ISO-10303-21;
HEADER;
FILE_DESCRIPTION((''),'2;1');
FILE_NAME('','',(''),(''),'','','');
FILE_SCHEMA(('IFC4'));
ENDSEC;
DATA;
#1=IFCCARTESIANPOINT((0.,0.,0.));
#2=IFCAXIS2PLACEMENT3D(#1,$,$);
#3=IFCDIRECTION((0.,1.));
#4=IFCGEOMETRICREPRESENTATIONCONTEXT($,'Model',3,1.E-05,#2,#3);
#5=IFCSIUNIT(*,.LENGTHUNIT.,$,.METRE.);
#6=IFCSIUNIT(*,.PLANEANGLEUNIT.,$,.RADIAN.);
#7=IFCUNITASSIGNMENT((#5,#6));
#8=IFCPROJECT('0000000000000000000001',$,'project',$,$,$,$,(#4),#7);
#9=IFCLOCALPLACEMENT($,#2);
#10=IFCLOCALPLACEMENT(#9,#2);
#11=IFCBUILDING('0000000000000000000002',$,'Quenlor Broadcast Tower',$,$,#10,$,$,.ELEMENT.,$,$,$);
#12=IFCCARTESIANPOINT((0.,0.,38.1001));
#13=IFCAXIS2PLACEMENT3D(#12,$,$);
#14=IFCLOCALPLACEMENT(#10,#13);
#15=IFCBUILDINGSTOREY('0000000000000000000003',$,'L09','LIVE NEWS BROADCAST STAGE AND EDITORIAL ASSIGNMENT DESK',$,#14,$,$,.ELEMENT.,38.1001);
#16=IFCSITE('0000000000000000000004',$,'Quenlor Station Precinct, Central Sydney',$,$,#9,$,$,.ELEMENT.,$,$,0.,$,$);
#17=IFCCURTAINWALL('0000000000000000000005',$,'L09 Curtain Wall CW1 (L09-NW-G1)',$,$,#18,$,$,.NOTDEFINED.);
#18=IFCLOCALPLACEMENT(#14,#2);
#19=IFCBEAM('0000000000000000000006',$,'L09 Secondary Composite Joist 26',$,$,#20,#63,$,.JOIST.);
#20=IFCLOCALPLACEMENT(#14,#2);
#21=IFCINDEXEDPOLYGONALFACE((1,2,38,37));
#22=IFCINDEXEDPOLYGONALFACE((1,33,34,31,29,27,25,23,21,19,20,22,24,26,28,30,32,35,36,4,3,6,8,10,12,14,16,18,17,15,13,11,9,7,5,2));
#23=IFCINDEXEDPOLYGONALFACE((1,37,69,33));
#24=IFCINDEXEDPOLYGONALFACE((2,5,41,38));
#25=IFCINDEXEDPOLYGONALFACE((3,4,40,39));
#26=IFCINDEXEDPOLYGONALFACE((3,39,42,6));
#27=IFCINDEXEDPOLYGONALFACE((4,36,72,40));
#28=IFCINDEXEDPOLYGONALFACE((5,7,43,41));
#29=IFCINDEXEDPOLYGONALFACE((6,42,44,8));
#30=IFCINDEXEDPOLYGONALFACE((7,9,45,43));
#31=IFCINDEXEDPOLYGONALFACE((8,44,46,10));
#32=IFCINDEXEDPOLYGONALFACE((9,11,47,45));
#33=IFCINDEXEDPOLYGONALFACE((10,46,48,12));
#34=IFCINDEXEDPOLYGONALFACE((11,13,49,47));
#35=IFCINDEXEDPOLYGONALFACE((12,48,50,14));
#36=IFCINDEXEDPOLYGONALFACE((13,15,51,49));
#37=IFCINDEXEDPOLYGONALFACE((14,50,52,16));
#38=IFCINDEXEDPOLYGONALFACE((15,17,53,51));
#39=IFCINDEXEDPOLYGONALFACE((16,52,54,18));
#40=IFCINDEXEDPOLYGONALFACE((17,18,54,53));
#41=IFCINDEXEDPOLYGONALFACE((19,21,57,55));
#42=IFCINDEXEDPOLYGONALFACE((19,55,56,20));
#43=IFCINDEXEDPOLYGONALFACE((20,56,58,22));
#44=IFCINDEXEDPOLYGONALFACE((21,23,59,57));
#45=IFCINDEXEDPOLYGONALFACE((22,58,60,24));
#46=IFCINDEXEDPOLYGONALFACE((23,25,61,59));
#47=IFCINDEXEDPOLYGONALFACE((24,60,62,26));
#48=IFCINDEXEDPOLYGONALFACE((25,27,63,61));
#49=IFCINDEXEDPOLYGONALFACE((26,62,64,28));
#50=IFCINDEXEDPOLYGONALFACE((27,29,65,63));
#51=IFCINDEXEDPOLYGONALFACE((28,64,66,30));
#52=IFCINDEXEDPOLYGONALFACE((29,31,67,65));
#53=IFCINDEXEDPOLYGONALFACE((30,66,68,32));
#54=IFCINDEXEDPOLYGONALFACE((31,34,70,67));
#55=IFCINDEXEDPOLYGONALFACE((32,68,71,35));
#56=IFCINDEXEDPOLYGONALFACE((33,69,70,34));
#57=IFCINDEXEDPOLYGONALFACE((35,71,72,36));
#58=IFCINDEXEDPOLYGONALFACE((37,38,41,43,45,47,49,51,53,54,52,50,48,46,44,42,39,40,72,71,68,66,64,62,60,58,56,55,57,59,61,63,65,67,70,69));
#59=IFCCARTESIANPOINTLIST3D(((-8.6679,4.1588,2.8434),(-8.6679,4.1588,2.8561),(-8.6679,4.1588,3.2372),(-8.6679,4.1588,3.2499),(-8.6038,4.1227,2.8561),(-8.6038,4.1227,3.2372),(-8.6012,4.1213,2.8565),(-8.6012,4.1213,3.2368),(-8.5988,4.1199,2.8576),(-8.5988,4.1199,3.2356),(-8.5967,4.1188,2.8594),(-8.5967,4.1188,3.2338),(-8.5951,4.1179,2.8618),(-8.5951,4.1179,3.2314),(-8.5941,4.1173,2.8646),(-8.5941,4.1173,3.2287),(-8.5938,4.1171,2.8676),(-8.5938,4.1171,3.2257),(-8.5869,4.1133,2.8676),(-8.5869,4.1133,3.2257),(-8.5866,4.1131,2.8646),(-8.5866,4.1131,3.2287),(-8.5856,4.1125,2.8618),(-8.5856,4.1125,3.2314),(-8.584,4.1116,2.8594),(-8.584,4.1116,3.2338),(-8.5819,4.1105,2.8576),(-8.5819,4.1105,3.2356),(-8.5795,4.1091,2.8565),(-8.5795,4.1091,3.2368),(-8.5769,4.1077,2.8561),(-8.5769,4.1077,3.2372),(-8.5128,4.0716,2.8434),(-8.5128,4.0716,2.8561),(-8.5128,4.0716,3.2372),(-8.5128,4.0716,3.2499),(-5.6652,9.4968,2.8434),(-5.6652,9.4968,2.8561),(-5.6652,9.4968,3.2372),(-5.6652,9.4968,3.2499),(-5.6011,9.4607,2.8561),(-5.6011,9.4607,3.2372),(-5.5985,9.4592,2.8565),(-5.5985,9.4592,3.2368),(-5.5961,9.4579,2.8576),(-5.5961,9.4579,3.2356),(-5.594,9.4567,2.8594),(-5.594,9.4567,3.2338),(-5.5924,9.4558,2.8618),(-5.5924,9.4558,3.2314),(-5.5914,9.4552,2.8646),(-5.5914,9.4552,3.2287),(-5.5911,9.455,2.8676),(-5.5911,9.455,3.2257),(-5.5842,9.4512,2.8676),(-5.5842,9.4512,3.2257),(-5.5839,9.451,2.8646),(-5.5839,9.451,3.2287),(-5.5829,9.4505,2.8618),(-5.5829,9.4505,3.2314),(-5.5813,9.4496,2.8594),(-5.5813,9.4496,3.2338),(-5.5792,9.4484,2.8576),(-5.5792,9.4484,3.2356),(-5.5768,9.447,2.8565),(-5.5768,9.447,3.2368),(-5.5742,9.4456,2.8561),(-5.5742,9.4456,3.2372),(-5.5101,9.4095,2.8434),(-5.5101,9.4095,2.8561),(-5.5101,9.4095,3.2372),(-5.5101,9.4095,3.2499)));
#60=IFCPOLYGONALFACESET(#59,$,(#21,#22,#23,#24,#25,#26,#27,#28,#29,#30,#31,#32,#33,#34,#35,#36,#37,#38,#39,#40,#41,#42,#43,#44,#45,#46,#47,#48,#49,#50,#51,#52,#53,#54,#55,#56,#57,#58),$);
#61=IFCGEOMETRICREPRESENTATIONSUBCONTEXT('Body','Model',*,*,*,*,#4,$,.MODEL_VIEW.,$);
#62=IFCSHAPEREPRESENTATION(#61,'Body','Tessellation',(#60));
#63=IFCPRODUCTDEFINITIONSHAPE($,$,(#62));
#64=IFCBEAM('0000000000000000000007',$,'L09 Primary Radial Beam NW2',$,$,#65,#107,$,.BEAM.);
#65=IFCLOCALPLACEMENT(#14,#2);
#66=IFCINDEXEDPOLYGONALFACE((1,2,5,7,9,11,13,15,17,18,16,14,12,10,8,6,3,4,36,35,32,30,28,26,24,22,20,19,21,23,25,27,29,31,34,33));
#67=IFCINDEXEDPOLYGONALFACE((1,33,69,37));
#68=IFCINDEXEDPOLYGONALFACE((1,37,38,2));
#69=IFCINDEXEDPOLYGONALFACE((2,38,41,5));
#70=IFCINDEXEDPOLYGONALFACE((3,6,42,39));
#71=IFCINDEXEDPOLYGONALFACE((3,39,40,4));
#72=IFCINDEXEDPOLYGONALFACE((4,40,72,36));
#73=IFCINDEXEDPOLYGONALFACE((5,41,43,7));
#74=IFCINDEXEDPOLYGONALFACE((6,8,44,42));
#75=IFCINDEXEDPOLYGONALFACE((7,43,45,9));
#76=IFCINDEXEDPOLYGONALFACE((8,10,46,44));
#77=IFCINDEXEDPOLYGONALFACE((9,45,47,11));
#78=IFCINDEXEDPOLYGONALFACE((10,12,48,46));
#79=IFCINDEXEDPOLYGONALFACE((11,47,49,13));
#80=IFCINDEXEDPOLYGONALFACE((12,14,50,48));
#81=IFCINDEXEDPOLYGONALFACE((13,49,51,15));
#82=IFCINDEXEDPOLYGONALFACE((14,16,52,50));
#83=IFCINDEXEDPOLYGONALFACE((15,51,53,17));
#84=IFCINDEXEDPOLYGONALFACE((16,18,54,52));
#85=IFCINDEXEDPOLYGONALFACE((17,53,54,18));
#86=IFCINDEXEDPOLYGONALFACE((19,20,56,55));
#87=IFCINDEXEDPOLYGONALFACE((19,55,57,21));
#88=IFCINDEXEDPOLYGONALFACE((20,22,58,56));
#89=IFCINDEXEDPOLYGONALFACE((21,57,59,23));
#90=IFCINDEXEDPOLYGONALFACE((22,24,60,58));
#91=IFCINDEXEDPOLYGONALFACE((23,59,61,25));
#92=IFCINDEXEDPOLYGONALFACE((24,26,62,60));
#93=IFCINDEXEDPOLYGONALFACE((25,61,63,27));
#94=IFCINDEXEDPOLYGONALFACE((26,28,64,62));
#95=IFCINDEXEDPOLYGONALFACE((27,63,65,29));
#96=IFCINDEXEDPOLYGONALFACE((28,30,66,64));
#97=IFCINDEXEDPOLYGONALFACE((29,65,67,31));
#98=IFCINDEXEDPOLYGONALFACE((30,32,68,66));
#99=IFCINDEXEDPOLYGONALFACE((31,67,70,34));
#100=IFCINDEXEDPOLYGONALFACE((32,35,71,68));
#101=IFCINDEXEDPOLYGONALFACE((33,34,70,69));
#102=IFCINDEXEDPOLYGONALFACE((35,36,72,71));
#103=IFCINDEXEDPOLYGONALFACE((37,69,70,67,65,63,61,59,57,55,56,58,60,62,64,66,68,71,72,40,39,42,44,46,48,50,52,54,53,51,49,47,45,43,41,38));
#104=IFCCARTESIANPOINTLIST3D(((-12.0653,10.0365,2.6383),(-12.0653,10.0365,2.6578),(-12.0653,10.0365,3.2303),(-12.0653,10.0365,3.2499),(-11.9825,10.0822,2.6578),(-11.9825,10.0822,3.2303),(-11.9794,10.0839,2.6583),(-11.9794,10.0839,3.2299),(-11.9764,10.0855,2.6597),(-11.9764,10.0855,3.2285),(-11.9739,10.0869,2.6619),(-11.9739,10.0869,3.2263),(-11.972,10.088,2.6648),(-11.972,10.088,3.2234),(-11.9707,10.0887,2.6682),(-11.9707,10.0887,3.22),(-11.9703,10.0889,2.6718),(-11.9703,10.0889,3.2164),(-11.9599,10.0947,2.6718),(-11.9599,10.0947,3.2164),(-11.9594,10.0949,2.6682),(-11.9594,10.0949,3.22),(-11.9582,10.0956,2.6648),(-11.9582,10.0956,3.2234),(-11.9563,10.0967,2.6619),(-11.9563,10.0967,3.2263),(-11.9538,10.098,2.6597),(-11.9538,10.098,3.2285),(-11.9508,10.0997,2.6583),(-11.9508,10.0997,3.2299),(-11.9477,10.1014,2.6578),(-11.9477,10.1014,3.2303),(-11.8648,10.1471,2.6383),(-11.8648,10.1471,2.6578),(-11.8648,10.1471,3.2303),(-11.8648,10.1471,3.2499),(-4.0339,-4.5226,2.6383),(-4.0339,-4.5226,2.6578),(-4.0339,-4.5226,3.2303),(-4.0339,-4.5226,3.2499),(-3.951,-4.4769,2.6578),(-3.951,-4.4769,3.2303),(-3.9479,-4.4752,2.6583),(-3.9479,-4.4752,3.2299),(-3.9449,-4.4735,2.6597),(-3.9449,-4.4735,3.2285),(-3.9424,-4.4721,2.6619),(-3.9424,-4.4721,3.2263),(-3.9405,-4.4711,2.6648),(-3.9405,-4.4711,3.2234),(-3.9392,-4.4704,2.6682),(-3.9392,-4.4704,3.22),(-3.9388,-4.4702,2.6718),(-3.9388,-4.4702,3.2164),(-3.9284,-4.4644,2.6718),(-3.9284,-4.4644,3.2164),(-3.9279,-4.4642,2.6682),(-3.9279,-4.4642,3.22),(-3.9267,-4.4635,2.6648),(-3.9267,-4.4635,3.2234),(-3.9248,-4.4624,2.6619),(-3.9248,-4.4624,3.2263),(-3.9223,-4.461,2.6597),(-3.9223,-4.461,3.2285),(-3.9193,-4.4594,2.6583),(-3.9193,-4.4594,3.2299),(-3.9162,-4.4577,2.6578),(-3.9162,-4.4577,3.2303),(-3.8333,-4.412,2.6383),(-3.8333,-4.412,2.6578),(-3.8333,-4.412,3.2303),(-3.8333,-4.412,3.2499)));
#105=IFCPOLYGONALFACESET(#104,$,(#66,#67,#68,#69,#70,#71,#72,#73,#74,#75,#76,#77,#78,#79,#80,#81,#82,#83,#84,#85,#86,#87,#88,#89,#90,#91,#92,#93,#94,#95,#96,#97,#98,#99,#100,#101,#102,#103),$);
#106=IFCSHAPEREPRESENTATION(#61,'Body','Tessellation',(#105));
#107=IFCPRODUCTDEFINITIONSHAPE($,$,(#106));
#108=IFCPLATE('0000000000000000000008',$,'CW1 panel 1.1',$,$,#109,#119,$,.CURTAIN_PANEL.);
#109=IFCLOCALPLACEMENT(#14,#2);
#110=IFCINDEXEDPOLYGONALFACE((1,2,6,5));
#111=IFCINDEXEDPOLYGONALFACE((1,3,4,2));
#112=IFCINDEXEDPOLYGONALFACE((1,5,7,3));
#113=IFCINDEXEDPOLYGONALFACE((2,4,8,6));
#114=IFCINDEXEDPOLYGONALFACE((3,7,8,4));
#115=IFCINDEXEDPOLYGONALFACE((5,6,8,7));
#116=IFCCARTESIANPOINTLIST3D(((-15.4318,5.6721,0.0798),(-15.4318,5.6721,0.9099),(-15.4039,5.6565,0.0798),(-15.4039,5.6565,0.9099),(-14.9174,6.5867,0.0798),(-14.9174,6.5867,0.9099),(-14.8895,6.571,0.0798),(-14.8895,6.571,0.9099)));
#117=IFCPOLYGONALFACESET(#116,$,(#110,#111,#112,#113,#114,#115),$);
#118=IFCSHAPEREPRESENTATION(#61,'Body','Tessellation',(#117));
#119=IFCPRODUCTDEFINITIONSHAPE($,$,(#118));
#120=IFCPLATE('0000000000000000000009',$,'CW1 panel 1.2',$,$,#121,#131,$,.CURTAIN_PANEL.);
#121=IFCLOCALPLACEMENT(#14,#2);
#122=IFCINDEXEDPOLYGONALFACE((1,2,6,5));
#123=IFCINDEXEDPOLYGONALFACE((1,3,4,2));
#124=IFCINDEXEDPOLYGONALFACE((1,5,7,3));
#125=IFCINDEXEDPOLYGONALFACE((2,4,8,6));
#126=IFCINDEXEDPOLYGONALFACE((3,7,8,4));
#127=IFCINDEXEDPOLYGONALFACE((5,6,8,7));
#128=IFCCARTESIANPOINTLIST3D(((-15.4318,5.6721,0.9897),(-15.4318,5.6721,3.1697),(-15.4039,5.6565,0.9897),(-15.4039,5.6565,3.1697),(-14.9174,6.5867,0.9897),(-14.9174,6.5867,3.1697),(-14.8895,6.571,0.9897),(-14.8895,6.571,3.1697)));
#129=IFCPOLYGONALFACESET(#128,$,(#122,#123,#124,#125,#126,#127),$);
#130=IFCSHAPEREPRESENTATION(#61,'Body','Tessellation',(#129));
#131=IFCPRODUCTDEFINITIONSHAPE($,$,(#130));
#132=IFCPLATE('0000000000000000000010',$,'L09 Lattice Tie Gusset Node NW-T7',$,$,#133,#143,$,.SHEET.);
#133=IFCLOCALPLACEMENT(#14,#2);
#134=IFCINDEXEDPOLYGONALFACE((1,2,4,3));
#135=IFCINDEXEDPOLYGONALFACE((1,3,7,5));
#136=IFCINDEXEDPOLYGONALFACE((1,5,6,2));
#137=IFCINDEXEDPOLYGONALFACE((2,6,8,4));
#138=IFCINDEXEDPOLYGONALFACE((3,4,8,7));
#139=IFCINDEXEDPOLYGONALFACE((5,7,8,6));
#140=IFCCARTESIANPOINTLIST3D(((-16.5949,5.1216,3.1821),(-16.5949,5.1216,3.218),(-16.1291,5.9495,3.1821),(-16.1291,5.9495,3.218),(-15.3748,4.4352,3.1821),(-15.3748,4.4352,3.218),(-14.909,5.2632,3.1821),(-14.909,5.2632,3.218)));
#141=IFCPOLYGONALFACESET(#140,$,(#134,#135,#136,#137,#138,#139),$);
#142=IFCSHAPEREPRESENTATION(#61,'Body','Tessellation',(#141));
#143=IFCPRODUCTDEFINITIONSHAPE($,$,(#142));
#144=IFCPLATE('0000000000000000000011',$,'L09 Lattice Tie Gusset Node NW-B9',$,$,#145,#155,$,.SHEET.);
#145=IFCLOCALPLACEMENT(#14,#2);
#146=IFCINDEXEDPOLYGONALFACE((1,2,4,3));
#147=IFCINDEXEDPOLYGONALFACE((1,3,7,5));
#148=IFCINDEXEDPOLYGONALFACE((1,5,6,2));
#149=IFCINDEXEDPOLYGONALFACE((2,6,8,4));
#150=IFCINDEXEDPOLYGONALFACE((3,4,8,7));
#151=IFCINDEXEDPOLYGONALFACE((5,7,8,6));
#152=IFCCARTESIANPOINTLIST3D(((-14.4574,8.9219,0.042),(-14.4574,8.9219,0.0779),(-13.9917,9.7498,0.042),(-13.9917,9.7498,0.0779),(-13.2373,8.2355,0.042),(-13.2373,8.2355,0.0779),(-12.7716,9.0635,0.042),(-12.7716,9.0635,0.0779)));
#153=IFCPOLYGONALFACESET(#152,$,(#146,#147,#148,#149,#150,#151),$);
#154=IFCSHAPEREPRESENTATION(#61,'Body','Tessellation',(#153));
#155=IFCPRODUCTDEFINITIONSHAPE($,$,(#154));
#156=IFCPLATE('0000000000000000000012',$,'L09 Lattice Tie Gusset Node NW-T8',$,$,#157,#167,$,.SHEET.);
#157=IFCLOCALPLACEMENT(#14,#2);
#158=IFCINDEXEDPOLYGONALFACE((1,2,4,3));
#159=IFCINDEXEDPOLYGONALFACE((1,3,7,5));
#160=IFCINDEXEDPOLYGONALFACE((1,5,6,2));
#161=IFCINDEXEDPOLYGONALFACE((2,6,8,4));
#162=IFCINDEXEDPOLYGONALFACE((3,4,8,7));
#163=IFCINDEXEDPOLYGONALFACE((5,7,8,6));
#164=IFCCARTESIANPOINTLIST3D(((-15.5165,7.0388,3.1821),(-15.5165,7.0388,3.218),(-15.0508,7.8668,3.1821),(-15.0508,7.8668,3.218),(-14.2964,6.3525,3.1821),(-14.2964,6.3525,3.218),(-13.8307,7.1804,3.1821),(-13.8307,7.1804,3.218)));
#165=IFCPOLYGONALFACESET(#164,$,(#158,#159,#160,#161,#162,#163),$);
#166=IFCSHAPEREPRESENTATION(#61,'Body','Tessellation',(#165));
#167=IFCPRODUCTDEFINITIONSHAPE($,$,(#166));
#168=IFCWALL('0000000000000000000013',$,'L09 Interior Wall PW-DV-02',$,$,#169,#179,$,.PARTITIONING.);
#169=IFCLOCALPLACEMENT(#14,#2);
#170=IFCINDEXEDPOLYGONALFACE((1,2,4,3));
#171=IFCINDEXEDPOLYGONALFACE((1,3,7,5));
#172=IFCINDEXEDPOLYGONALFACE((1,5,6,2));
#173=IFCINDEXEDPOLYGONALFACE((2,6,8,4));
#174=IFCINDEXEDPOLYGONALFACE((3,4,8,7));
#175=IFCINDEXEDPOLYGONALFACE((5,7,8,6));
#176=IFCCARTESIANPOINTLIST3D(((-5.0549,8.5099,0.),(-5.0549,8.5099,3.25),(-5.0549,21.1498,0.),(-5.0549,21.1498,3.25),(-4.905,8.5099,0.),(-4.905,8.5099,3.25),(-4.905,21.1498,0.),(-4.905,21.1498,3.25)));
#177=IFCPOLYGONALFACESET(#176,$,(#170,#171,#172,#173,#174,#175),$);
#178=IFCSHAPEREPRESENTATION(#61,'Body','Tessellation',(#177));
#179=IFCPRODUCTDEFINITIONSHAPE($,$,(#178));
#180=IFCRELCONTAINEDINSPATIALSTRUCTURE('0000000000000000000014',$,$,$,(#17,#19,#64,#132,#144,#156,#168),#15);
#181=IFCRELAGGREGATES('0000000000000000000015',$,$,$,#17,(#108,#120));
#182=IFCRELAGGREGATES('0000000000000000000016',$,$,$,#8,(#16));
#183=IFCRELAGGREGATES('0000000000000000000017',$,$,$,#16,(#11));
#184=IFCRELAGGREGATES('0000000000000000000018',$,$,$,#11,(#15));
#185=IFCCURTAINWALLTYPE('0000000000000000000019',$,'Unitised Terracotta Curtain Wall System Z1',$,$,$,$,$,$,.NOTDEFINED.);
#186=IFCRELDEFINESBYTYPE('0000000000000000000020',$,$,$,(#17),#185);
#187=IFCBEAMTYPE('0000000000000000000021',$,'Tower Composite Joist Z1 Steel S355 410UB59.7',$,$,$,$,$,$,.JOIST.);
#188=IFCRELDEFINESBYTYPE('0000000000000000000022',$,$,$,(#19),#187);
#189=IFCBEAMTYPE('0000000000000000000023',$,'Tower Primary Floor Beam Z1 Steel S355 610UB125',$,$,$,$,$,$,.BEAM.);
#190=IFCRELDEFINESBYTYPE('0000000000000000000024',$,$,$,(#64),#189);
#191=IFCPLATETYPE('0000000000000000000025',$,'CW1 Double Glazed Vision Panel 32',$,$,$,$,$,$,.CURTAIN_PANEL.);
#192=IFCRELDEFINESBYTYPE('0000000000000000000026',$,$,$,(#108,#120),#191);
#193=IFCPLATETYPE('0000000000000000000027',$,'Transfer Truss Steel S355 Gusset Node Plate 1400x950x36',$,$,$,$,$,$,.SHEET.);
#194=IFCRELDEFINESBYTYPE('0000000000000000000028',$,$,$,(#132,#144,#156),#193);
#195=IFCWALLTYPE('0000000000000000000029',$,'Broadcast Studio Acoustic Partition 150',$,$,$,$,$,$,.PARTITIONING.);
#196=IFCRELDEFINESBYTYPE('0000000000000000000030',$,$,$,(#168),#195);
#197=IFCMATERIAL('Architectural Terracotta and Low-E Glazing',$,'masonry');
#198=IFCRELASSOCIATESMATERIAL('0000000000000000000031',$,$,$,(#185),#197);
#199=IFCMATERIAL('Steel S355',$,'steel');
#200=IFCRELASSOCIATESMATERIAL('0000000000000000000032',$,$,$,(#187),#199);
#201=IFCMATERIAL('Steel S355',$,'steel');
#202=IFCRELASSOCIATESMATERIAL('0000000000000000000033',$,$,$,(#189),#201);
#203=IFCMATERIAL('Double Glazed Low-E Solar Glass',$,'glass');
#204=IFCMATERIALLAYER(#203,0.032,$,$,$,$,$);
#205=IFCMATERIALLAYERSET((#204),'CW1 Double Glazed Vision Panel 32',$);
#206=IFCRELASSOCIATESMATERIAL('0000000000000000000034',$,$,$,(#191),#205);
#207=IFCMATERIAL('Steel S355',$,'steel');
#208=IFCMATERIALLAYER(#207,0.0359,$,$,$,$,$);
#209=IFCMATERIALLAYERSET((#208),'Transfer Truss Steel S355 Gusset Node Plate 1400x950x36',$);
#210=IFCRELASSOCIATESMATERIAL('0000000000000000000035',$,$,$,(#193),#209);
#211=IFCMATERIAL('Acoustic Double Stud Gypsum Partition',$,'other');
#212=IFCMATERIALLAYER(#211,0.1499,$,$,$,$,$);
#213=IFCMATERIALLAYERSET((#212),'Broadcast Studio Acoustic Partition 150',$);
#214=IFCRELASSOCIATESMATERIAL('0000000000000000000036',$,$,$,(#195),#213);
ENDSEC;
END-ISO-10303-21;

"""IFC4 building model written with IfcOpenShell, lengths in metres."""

from ifc_helpers import new_model, si_unit, direction, frame, frame_2d, origin, origin_2d, place, context, subcontext, project, spatial, rectangle, i_section, extrude, material, layer, layer_set, material_profile, profile_set, type_object, element, aggregate, save


model = new_model("IFC4")

# Units and contexts
model_context = context("Model", 3, precision=1e-05, world=origin(), true_north=direction((0.0, 1.0)))
body_context = subcontext(model_context, "Body", "Model", "MODEL_VIEW")
ifc_project = project(units=[si_unit("LENGTHUNIT", "METRE"), si_unit("PLANEANGLEUNIT", "RADIAN")], contexts=[model_context])

# Site, building, storey
site_placement = place(None, origin())
site = spatial("IfcSite", under=ifc_project, at=site_placement, Name="Quenlor Station Precinct, Central Sydney", CompositionType="ELEMENT", RefElevation=0.0)
building_placement = place(site_placement, origin())
building = spatial("IfcBuilding", under=site, at=building_placement, Name="Quenlor Broadcast Tower", CompositionType="ELEMENT")
storey_placement = place(building_placement, frame((0.0, 0.0, 38.1001)))
storey = spatial("IfcBuildingStorey", under=building, at=storey_placement, Name="L09", Description="LIVE NEWS BROADCAST STAGE AND EDITORIAL ASSIGNMENT DESK", CompositionType="ELEMENT", Elevation=38.1001)

# Curtain wall
ifc_material_1 = material(Name="Architectural Terracotta and Low-E Glazing", Category="masonry")
curtain_wall_type = type_object("IfcCurtainWallType", Name="Unitised Terracotta Curtain Wall System Z1", PredefinedType="NOTDEFINED", material=ifc_material_1)
curtain_wall_placement = place(storey_placement, origin())
curtain_wall = element("IfcCurtainWall", 1, at=curtain_wall_placement, inside=storey, type_object=curtain_wall_type, Name="L09 Curtain Wall CW1 (L09-NW-G1)", PredefinedType="NOTDEFINED")

# Beams
ifc_material_2 = material(Name="Steel S355", Category="steel")
ifc_material_profile_1 = material_profile(ifc_material_2, i_section(OverallWidth=0.178, OverallDepth=0.4065, WebThickness=0.0078, FlangeThickness=0.0127, FilletRadius=0.0115, at=origin_2d()))
ifc_profile_set_1 = profile_set([ifc_material_profile_1], Name="Steel S355 410UB59.7")
beam_type_1 = type_object("IfcBeamType", Name="Tower Composite Joist Z1 Steel S355 410UB59.7", PredefinedType="JOIST", material=ifc_profile_set_1)
beam_1_placement = place(storey_placement, frame((-5.5876, 9.4531, 3.0466), z_axis=(-0.490276, -0.871567, 0.0), x_axis=(0.871567, -0.490276, 0.0)))
element("IfcBeam", 2, at=beam_1_placement, inside=storey, type_object=beam_type_1, Name="L09 Secondary Composite Joist 26", PredefinedType="JOIST", context=body_context, shape_type="SweptSolid", body=[
    extrude(i_section(OverallWidth=0.178, OverallDepth=0.4065, WebThickness=0.0078, FlangeThickness=0.0127, FilletRadius=0.0115, at=origin_2d()), origin(), (0.0, 0.0, 1.0), 6.1245),
])
ifc_material_3 = material(Name="Steel S355", Category="steel")
ifc_material_profile_2 = material_profile(ifc_material_3, i_section(OverallWidth=0.229, OverallDepth=0.6116, WebThickness=0.012, FlangeThickness=0.0195, FilletRadius=0.0139, at=origin_2d()))
ifc_profile_set_2 = profile_set([ifc_material_profile_2], Name="Steel S355 610UB125")
beam_type_2 = type_object("IfcBeamType", Name="Tower Primary Floor Beam Z1 Steel S355 610UB125", PredefinedType="BEAM", material=ifc_profile_set_2)
beam_2_placement = place(storey_placement, frame((-11.9651, 10.0918, 2.9441), z_axis=(0.483026, -0.875606, 0.0), x_axis=(0.875606, 0.483026, 0.0)))
element("IfcBeam", 3, at=beam_2_placement, inside=storey, type_object=beam_type_2, Name="L09 Primary Radial Beam NW2", PredefinedType="BEAM", context=body_context, shape_type="SweptSolid", body=[
    extrude(i_section(OverallWidth=0.229, OverallDepth=0.6116, WebThickness=0.012, FlangeThickness=0.0195, FilletRadius=0.0139, at=origin_2d()), origin(), (0.0, 0.0, 1.0), 16.6274),
])

# Plates
ifc_material_4 = material(Name="Double Glazed Low-E Solar Glass", Category="glass")
ifc_layer_1 = layer(ifc_material_4, 0.032)
ifc_layer_set_1 = layer_set([ifc_layer_1], Name="CW1 Double Glazed Vision Panel 32")
plate_type_1 = type_object("IfcPlateType", Name="CW1 Double Glazed Vision Panel 32", PredefinedType="CURTAIN_PANEL", material=ifc_layer_set_1)
plate_1_placement = place(storey_placement, frame((-15.1606, 6.1216, 0.0798), z_axis=(0.0, 0.0, 1.0), x_axis=(0.490277, 0.871567, 0.0)))
plate_1 = element("IfcPlate", 4, at=plate_1_placement, type_object=plate_type_1, Name="CW1 panel 1.1", PredefinedType="CURTAIN_PANEL", context=body_context, shape_type="SweptSolid", body=[
    extrude(rectangle(XDim=1.0493, YDim=0.032, at=origin_2d()), origin(), (0.0, 0.0, 1.0), 0.8301),
])
plate_2_placement = place(storey_placement, frame((-15.1606, 6.1216, 0.9897), z_axis=(0.0, 0.0, 1.0), x_axis=(0.490277, 0.871567, 0.0)))
plate_2 = element("IfcPlate", 5, at=plate_2_placement, type_object=plate_type_1, Name="CW1 panel 1.2", PredefinedType="CURTAIN_PANEL", context=body_context, shape_type="SweptSolid", body=[
    extrude(rectangle(XDim=1.0493, YDim=0.032, at=origin_2d()), origin(), (0.0, 0.0, 1.0), 2.1799),
])
aggregate(curtain_wall, [plate_1, plate_2])

# Plates
ifc_material_5 = material(Name="Steel S355", Category="steel")
ifc_layer_2 = layer(ifc_material_5, 0.0359)
ifc_layer_set_2 = layer_set([ifc_layer_2], Name="Transfer Truss Steel S355 Gusset Node Plate 1400x950x36")
plate_type_2 = type_object("IfcPlateType", Name="Transfer Truss Steel S355 Gusset Node Plate 1400x950x36", PredefinedType="SHEET", material=ifc_layer_set_2)
for number, where, z_axis, x_axis, name in (
    (6, (-15.752, 5.1924, 3.1821), (0.0, 0.0, 1.0), (-0.871556, 0.490295, 0.0), "L09 Lattice Tie Gusset Node NW-T7"),
    (7, (-13.6145, 8.9927, 0.042), (0.0, 0.0, 1.0), (-0.871556, 0.490295, 0.0), "L09 Lattice Tie Gusset Node NW-B9"),
    (8, (-14.6736, 7.1096, 3.1821), (0.0, 0.0, 1.0), (-0.871556, 0.490295, 0.0), "L09 Lattice Tie Gusset Node NW-T8"),
):
    element("IfcPlate", number, at=place(storey_placement, frame(where, z_axis=z_axis, x_axis=x_axis)), inside=storey, type_object=plate_type_2, Name=name, PredefinedType="SHEET", context=body_context, shape_type="SweptSolid", body=[
        extrude(rectangle(XDim=1.3999, YDim=0.95, at=origin_2d()), origin(), (0.0, 0.0, 1.0), 0.0359),
    ])

# Wall
ifc_material_6 = material(Name="Acoustic Double Stud Gypsum Partition", Category="other")
ifc_layer_3 = layer(ifc_material_6, 0.1499)
ifc_layer_set_3 = layer_set([ifc_layer_3], Name="Broadcast Studio Acoustic Partition 150")
wall_type_1 = type_object("IfcWallType", Name="Broadcast Studio Acoustic Partition 150", PredefinedType="PARTITIONING", material=ifc_layer_set_3)
wall_1_placement = place(storey_placement, frame((-4.98, 8.51, 0.0), z_axis=(0.0, 0.0, 1.0), x_axis=(0.0, 1.0, 0.0)))
element("IfcWall", 9, at=wall_1_placement, inside=storey, type_object=wall_type_1, Name="L09 Interior Wall PW-DV-02", PredefinedType="PARTITIONING", context=body_context, shape_type="SweptSolid", body=[
    extrude(rectangle(XDim=12.6399, YDim=0.1499, at=frame_2d((6.3198, 0.0))), origin(), (0.0, 0.0, 1.0), 3.25),
])

save(model, "model.ifc")
